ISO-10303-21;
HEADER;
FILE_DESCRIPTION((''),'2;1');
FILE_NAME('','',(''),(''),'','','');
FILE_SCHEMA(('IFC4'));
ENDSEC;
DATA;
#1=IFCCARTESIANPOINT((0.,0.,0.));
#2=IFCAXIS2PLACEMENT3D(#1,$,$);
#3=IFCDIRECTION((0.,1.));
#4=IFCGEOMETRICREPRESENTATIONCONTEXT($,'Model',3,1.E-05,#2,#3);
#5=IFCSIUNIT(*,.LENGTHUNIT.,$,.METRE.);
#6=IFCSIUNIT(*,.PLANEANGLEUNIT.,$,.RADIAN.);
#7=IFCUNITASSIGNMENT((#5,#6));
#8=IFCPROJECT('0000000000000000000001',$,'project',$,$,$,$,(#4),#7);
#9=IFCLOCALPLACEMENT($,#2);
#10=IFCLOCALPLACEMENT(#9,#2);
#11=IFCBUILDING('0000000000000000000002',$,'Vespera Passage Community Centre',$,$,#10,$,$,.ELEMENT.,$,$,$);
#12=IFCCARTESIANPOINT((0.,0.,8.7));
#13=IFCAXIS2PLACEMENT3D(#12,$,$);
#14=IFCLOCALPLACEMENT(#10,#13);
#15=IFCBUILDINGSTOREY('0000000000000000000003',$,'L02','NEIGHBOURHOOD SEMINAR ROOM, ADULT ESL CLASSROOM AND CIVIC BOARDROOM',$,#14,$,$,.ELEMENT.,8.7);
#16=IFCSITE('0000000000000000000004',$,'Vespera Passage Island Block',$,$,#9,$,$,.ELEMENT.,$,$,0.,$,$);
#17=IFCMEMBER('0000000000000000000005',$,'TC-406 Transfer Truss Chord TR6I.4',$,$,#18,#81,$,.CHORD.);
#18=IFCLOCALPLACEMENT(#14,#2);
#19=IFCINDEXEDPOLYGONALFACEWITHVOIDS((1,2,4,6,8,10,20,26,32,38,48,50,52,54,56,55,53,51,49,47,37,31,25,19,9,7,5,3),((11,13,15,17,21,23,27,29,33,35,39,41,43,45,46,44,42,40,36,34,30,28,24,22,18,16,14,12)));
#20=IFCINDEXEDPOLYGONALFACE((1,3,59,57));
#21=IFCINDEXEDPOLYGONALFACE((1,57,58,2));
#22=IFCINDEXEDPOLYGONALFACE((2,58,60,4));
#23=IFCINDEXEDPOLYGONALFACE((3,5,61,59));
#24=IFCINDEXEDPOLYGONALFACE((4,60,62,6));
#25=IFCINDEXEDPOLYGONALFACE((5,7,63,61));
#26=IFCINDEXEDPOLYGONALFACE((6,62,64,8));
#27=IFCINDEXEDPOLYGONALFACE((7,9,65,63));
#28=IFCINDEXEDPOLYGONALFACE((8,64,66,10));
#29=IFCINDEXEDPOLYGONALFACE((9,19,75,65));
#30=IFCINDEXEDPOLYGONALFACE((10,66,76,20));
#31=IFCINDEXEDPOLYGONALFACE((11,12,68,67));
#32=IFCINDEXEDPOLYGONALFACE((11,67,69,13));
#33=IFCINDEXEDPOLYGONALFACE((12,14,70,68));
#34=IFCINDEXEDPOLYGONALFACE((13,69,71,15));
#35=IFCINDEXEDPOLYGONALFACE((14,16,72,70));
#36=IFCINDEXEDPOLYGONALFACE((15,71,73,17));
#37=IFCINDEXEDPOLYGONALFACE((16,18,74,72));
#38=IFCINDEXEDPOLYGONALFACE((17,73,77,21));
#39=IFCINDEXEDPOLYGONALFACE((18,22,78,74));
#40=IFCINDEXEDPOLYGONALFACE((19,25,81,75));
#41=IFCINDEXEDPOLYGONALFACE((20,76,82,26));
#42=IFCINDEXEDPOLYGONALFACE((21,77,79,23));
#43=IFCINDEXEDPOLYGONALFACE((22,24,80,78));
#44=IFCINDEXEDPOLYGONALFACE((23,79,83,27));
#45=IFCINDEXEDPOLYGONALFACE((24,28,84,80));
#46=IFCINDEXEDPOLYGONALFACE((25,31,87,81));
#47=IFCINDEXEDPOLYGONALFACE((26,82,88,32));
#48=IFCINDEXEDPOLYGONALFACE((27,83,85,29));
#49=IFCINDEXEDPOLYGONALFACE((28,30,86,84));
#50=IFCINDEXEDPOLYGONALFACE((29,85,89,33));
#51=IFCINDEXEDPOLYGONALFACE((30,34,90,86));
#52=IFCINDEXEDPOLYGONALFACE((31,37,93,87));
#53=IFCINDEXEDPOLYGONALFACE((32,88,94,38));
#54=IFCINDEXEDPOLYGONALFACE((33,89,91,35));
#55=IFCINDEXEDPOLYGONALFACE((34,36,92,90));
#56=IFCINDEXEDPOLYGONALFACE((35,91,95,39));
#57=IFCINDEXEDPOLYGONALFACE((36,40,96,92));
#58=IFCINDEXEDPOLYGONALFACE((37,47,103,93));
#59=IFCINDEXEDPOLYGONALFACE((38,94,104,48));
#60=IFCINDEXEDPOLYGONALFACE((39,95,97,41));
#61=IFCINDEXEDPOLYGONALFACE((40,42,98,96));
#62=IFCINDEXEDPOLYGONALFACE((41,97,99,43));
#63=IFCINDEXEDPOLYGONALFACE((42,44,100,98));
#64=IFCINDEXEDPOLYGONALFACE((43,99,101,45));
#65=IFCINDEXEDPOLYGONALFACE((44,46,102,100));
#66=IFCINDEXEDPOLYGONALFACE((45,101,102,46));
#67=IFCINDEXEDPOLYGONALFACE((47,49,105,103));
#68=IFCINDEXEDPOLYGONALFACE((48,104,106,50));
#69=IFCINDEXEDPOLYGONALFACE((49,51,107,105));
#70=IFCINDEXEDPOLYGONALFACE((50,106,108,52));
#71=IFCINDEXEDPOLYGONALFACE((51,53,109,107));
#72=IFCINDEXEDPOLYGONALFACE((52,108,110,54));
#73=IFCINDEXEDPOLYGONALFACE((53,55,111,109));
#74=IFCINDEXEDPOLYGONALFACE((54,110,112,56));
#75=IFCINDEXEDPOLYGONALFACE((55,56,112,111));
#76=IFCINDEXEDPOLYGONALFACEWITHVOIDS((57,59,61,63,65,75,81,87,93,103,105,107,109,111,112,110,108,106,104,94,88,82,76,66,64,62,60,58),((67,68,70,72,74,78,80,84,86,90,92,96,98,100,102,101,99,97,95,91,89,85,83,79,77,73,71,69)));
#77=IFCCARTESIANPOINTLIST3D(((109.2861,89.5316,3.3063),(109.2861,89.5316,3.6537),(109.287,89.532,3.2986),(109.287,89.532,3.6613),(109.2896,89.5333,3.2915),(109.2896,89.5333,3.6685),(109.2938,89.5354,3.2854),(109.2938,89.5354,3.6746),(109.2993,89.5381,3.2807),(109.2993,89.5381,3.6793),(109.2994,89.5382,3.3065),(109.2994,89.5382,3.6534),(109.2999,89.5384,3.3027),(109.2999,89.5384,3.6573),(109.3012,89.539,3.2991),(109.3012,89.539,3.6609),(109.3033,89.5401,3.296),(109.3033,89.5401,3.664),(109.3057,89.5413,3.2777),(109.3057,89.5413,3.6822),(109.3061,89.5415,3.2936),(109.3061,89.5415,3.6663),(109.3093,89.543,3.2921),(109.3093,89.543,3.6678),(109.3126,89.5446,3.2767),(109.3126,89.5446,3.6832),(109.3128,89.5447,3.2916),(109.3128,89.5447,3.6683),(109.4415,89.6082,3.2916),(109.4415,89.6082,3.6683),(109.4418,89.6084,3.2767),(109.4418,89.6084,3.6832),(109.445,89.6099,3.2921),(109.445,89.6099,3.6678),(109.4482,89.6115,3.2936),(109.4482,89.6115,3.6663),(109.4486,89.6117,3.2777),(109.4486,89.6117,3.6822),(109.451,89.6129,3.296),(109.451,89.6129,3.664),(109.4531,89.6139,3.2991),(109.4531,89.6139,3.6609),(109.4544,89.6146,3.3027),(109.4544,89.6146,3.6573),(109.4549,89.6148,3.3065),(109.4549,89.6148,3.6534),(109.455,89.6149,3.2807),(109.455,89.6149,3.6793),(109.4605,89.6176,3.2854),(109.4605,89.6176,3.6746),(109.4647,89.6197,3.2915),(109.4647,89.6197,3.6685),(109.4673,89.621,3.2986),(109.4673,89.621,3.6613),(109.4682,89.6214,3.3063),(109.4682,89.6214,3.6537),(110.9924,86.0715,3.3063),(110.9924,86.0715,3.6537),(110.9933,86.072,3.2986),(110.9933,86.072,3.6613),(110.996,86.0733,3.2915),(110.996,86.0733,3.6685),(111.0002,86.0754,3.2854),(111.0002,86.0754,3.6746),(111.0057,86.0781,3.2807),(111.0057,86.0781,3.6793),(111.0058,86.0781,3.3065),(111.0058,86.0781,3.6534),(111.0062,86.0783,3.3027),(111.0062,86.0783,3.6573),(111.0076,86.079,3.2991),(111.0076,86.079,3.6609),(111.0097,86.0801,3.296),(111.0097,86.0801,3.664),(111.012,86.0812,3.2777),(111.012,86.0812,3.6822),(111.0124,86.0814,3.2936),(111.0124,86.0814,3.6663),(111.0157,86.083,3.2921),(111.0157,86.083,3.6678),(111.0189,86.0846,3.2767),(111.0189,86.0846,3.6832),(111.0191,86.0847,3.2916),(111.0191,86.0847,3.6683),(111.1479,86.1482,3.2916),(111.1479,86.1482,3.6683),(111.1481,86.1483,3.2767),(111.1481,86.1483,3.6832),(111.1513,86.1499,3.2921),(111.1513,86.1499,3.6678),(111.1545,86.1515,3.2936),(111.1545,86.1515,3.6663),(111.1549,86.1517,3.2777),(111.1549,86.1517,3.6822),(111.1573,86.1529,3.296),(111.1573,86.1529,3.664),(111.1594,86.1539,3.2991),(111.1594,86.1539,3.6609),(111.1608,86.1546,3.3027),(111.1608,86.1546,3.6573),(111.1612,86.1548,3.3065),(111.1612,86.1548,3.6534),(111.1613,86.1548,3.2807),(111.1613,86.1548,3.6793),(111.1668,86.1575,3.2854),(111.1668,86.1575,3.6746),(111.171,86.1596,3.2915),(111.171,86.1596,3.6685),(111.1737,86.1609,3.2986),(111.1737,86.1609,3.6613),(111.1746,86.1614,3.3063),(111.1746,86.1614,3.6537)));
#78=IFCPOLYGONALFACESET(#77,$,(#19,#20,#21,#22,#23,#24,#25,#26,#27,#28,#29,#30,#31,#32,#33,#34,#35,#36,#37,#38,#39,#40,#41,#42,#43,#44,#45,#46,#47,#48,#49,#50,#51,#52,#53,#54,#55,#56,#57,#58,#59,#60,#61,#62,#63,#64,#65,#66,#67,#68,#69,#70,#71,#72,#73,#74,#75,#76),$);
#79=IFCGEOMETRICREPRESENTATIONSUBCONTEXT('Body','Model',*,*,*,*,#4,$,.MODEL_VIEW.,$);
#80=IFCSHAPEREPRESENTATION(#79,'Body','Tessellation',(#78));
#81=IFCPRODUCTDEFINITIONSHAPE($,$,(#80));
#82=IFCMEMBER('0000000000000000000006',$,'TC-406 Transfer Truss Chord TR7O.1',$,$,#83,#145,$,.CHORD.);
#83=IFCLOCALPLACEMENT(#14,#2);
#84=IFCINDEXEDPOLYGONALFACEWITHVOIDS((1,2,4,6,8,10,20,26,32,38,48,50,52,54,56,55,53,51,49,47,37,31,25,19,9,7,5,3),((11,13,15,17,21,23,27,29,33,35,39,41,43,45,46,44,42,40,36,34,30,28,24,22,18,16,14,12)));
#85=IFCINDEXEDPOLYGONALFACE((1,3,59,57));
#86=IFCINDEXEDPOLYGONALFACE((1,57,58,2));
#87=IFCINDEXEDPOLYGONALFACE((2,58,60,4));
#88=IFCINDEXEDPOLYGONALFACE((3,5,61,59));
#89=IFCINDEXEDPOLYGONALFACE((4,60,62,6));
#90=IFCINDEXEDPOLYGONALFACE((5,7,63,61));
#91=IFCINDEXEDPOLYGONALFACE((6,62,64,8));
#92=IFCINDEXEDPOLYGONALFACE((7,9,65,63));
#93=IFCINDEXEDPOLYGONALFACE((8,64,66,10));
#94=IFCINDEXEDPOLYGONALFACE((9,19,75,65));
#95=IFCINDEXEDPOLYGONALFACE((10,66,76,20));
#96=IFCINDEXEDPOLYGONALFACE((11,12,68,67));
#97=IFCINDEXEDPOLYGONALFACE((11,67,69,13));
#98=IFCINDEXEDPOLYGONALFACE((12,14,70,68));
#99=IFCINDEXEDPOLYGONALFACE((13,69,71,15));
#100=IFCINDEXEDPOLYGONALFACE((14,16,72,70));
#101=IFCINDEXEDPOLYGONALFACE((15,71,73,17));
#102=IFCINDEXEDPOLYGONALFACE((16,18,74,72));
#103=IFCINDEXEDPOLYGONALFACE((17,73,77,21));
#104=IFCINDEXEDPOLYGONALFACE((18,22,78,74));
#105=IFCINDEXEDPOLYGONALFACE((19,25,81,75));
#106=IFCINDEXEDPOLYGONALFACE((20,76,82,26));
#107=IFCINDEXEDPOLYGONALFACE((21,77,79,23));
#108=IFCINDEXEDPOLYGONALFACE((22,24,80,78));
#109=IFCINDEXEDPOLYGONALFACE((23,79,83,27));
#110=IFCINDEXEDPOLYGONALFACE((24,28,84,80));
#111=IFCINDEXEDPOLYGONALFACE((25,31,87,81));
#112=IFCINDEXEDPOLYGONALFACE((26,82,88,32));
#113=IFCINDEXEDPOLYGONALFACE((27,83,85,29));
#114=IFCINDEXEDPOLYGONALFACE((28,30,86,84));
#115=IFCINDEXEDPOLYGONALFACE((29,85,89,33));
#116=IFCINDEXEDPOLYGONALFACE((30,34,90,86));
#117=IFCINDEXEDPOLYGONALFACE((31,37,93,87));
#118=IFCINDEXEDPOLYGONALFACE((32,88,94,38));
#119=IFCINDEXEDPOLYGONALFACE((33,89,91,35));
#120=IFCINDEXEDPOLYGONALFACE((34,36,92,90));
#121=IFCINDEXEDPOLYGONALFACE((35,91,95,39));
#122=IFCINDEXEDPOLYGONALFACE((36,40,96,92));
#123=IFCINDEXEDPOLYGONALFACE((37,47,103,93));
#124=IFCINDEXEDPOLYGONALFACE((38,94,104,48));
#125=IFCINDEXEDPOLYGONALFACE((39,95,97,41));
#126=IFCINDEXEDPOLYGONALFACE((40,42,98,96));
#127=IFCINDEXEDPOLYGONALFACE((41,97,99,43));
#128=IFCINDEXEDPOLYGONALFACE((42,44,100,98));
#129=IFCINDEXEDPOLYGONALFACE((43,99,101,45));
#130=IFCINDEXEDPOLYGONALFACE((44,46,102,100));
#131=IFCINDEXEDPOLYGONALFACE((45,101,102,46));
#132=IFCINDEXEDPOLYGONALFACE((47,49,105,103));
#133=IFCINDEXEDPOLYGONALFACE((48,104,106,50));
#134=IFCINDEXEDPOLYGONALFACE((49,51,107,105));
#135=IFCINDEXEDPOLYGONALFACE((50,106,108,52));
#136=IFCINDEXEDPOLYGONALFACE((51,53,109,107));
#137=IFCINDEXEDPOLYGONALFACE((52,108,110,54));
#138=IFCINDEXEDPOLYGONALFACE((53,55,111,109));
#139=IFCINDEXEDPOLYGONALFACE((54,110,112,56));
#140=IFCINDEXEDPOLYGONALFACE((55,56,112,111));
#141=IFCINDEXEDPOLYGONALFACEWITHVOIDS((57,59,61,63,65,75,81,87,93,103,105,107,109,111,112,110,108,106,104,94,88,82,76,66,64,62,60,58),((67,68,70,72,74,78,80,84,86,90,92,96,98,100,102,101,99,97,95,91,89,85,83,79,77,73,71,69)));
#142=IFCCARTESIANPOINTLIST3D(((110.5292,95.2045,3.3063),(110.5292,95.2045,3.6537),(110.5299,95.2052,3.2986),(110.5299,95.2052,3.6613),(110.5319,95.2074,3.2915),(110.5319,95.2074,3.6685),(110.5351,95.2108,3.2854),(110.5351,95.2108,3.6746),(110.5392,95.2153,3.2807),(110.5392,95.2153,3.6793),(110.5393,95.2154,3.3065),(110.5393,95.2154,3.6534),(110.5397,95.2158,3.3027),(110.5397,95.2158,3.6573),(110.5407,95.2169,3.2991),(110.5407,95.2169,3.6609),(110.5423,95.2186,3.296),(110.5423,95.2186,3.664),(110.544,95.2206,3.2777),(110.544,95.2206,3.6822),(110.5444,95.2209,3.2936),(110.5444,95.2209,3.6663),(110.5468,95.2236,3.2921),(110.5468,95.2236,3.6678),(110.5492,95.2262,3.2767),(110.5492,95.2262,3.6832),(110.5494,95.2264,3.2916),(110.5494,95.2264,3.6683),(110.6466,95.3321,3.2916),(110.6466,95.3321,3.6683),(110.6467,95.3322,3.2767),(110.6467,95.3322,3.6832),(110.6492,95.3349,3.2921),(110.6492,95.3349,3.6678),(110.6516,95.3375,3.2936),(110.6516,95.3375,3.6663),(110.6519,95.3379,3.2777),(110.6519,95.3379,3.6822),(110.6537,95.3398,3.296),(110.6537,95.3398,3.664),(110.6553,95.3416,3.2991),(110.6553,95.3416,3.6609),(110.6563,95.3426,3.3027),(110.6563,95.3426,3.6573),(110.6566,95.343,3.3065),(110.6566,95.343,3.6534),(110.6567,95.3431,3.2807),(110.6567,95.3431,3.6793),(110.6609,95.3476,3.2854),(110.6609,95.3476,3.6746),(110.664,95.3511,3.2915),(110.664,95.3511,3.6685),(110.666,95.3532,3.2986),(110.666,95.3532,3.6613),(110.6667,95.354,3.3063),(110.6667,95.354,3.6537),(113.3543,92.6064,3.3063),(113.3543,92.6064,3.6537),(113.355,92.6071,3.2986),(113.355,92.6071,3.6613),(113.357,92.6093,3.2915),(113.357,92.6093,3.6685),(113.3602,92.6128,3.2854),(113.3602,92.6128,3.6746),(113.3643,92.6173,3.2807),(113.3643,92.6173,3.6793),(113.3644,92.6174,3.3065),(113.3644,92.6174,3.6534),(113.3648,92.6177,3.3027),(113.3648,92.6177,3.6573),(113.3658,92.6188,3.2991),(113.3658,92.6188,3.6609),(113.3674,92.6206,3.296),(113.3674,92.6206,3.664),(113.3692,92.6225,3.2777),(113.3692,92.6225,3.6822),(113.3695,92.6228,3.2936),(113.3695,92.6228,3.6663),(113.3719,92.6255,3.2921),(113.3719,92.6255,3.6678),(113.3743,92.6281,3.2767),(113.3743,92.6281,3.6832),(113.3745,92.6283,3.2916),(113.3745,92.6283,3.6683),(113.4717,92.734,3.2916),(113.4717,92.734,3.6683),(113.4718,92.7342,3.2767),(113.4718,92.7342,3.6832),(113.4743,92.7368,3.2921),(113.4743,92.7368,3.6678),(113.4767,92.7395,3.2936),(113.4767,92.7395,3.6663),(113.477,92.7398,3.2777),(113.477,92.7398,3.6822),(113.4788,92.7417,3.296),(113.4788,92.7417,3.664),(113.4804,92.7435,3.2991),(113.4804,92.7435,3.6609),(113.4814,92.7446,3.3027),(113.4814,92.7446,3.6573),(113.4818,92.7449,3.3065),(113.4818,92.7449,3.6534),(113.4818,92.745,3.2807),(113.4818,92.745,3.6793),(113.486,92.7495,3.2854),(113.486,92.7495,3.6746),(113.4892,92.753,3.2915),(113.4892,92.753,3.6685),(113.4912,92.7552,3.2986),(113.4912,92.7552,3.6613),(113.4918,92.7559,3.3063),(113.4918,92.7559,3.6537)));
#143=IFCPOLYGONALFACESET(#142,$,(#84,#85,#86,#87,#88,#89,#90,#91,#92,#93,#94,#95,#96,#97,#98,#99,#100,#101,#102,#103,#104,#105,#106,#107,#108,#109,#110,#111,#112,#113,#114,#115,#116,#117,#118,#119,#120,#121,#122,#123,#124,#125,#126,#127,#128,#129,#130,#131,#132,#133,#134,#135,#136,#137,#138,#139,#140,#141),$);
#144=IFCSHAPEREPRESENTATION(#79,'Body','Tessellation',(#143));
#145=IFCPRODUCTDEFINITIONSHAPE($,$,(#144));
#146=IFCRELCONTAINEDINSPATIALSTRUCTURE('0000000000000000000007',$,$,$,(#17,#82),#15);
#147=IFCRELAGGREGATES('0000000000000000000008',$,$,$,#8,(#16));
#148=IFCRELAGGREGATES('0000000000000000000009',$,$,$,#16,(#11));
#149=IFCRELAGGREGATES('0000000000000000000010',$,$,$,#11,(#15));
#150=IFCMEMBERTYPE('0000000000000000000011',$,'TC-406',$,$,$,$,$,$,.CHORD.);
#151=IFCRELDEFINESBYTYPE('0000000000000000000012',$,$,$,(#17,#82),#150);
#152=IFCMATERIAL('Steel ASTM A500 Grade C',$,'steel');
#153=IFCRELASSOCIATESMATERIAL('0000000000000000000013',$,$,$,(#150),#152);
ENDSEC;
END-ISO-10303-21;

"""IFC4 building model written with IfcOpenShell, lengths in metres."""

from ifc_helpers import new_model, si_unit, direction, frame, origin, origin_2d, place, context, subcontext, project, spatial, hollow_rectangle, extrude, material, material_profile, profile_set, type_object, element, save


model = new_model("IFC4")

# Units and contexts
model_context = context("Model", 3, precision=1e-05, world=origin(), true_north=direction((0.0, 1.0)))
body_context = subcontext(model_context, "Body", "Model", "MODEL_VIEW")
ifc_project = project(units=[si_unit("LENGTHUNIT", "METRE"), si_unit("PLANEANGLEUNIT", "RADIAN")], contexts=[model_context])

# Site, building, storey
site_placement = place(None, origin())
site = spatial("IfcSite", under=ifc_project, at=site_placement, Name="Vespera Passage Island Block", CompositionType="ELEMENT", RefElevation=0.0)
building_placement = place(site_placement, origin())
building = spatial("IfcBuilding", under=site, at=building_placement, Name="Vespera Passage Community Centre", CompositionType="ELEMENT")
storey_placement = place(building_placement, frame((0.0, 0.0, 8.7)))
storey = spatial("IfcBuildingStorey", under=building, at=storey_placement, Name="L02", Description="NEIGHBOURHOOD SEMINAR ROOM, ADULT ESL CLASSROOM AND CIVIC BOARDROOM", CompositionType="ELEMENT", Elevation=8.7)

# Members
ifc_material_1 = material(Name="Steel ASTM A500 Grade C", Category="steel")
ifc_material_profile_1 = material_profile(ifc_material_1, hollow_rectangle(XDim=0.2031, YDim=0.4065, WallThickness=0.0149, InnerFilletRadius=0.0149, OuterFilletRadius=0.0295, at=origin_2d()), Name="HSS406X203X15.9")
ifc_profile_set_1 = profile_set([ifc_material_profile_1], Name="Steel ASTM A500 Grade C")
member_type_1 = type_object("IfcMemberType", Name="TC-406", PredefinedType="CHORD", material=ifc_profile_set_1)
member_1_placement = place(storey_placement, frame((111.0835, 86.1165, 3.48), z_axis=(-0.442296, 0.896869, 0.0), x_axis=(-0.896869, -0.442296, 0.0)))
element("IfcMember", 1, at=member_1_placement, inside=storey, type_object=member_type_1, Name="TC-406 Transfer Truss Chord TR6I.4", PredefinedType="CHORD", context=body_context, shape_type="SweptSolid", body=[
    extrude(hollow_rectangle(XDim=0.2031, YDim=0.4065, WallThickness=0.0149, InnerFilletRadius=0.0149, OuterFilletRadius=0.0295, at=origin_2d()), origin(), (0.0, 0.0, 1.0), 3.8579),
])
member_2_placement = place(storey_placement, frame((113.4231, 92.6812, 3.48), z_axis=(-0.736065, 0.67691, 0.0), x_axis=(-0.67691, -0.736065, 0.0)))
element("IfcMember", 2, at=member_2_placement, inside=storey, type_object=member_type_1, Name="TC-406 Transfer Truss Chord TR7O.1", PredefinedType="CHORD", context=body_context, shape_type="SweptSolid", body=[
    extrude(hollow_rectangle(XDim=0.2031, YDim=0.4065, WallThickness=0.0149, InnerFilletRadius=0.0149, OuterFilletRadius=0.0295, at=origin_2d()), origin(), (0.0, 0.0, 1.0), 3.8381),
])

save(model, "model.ifc")
